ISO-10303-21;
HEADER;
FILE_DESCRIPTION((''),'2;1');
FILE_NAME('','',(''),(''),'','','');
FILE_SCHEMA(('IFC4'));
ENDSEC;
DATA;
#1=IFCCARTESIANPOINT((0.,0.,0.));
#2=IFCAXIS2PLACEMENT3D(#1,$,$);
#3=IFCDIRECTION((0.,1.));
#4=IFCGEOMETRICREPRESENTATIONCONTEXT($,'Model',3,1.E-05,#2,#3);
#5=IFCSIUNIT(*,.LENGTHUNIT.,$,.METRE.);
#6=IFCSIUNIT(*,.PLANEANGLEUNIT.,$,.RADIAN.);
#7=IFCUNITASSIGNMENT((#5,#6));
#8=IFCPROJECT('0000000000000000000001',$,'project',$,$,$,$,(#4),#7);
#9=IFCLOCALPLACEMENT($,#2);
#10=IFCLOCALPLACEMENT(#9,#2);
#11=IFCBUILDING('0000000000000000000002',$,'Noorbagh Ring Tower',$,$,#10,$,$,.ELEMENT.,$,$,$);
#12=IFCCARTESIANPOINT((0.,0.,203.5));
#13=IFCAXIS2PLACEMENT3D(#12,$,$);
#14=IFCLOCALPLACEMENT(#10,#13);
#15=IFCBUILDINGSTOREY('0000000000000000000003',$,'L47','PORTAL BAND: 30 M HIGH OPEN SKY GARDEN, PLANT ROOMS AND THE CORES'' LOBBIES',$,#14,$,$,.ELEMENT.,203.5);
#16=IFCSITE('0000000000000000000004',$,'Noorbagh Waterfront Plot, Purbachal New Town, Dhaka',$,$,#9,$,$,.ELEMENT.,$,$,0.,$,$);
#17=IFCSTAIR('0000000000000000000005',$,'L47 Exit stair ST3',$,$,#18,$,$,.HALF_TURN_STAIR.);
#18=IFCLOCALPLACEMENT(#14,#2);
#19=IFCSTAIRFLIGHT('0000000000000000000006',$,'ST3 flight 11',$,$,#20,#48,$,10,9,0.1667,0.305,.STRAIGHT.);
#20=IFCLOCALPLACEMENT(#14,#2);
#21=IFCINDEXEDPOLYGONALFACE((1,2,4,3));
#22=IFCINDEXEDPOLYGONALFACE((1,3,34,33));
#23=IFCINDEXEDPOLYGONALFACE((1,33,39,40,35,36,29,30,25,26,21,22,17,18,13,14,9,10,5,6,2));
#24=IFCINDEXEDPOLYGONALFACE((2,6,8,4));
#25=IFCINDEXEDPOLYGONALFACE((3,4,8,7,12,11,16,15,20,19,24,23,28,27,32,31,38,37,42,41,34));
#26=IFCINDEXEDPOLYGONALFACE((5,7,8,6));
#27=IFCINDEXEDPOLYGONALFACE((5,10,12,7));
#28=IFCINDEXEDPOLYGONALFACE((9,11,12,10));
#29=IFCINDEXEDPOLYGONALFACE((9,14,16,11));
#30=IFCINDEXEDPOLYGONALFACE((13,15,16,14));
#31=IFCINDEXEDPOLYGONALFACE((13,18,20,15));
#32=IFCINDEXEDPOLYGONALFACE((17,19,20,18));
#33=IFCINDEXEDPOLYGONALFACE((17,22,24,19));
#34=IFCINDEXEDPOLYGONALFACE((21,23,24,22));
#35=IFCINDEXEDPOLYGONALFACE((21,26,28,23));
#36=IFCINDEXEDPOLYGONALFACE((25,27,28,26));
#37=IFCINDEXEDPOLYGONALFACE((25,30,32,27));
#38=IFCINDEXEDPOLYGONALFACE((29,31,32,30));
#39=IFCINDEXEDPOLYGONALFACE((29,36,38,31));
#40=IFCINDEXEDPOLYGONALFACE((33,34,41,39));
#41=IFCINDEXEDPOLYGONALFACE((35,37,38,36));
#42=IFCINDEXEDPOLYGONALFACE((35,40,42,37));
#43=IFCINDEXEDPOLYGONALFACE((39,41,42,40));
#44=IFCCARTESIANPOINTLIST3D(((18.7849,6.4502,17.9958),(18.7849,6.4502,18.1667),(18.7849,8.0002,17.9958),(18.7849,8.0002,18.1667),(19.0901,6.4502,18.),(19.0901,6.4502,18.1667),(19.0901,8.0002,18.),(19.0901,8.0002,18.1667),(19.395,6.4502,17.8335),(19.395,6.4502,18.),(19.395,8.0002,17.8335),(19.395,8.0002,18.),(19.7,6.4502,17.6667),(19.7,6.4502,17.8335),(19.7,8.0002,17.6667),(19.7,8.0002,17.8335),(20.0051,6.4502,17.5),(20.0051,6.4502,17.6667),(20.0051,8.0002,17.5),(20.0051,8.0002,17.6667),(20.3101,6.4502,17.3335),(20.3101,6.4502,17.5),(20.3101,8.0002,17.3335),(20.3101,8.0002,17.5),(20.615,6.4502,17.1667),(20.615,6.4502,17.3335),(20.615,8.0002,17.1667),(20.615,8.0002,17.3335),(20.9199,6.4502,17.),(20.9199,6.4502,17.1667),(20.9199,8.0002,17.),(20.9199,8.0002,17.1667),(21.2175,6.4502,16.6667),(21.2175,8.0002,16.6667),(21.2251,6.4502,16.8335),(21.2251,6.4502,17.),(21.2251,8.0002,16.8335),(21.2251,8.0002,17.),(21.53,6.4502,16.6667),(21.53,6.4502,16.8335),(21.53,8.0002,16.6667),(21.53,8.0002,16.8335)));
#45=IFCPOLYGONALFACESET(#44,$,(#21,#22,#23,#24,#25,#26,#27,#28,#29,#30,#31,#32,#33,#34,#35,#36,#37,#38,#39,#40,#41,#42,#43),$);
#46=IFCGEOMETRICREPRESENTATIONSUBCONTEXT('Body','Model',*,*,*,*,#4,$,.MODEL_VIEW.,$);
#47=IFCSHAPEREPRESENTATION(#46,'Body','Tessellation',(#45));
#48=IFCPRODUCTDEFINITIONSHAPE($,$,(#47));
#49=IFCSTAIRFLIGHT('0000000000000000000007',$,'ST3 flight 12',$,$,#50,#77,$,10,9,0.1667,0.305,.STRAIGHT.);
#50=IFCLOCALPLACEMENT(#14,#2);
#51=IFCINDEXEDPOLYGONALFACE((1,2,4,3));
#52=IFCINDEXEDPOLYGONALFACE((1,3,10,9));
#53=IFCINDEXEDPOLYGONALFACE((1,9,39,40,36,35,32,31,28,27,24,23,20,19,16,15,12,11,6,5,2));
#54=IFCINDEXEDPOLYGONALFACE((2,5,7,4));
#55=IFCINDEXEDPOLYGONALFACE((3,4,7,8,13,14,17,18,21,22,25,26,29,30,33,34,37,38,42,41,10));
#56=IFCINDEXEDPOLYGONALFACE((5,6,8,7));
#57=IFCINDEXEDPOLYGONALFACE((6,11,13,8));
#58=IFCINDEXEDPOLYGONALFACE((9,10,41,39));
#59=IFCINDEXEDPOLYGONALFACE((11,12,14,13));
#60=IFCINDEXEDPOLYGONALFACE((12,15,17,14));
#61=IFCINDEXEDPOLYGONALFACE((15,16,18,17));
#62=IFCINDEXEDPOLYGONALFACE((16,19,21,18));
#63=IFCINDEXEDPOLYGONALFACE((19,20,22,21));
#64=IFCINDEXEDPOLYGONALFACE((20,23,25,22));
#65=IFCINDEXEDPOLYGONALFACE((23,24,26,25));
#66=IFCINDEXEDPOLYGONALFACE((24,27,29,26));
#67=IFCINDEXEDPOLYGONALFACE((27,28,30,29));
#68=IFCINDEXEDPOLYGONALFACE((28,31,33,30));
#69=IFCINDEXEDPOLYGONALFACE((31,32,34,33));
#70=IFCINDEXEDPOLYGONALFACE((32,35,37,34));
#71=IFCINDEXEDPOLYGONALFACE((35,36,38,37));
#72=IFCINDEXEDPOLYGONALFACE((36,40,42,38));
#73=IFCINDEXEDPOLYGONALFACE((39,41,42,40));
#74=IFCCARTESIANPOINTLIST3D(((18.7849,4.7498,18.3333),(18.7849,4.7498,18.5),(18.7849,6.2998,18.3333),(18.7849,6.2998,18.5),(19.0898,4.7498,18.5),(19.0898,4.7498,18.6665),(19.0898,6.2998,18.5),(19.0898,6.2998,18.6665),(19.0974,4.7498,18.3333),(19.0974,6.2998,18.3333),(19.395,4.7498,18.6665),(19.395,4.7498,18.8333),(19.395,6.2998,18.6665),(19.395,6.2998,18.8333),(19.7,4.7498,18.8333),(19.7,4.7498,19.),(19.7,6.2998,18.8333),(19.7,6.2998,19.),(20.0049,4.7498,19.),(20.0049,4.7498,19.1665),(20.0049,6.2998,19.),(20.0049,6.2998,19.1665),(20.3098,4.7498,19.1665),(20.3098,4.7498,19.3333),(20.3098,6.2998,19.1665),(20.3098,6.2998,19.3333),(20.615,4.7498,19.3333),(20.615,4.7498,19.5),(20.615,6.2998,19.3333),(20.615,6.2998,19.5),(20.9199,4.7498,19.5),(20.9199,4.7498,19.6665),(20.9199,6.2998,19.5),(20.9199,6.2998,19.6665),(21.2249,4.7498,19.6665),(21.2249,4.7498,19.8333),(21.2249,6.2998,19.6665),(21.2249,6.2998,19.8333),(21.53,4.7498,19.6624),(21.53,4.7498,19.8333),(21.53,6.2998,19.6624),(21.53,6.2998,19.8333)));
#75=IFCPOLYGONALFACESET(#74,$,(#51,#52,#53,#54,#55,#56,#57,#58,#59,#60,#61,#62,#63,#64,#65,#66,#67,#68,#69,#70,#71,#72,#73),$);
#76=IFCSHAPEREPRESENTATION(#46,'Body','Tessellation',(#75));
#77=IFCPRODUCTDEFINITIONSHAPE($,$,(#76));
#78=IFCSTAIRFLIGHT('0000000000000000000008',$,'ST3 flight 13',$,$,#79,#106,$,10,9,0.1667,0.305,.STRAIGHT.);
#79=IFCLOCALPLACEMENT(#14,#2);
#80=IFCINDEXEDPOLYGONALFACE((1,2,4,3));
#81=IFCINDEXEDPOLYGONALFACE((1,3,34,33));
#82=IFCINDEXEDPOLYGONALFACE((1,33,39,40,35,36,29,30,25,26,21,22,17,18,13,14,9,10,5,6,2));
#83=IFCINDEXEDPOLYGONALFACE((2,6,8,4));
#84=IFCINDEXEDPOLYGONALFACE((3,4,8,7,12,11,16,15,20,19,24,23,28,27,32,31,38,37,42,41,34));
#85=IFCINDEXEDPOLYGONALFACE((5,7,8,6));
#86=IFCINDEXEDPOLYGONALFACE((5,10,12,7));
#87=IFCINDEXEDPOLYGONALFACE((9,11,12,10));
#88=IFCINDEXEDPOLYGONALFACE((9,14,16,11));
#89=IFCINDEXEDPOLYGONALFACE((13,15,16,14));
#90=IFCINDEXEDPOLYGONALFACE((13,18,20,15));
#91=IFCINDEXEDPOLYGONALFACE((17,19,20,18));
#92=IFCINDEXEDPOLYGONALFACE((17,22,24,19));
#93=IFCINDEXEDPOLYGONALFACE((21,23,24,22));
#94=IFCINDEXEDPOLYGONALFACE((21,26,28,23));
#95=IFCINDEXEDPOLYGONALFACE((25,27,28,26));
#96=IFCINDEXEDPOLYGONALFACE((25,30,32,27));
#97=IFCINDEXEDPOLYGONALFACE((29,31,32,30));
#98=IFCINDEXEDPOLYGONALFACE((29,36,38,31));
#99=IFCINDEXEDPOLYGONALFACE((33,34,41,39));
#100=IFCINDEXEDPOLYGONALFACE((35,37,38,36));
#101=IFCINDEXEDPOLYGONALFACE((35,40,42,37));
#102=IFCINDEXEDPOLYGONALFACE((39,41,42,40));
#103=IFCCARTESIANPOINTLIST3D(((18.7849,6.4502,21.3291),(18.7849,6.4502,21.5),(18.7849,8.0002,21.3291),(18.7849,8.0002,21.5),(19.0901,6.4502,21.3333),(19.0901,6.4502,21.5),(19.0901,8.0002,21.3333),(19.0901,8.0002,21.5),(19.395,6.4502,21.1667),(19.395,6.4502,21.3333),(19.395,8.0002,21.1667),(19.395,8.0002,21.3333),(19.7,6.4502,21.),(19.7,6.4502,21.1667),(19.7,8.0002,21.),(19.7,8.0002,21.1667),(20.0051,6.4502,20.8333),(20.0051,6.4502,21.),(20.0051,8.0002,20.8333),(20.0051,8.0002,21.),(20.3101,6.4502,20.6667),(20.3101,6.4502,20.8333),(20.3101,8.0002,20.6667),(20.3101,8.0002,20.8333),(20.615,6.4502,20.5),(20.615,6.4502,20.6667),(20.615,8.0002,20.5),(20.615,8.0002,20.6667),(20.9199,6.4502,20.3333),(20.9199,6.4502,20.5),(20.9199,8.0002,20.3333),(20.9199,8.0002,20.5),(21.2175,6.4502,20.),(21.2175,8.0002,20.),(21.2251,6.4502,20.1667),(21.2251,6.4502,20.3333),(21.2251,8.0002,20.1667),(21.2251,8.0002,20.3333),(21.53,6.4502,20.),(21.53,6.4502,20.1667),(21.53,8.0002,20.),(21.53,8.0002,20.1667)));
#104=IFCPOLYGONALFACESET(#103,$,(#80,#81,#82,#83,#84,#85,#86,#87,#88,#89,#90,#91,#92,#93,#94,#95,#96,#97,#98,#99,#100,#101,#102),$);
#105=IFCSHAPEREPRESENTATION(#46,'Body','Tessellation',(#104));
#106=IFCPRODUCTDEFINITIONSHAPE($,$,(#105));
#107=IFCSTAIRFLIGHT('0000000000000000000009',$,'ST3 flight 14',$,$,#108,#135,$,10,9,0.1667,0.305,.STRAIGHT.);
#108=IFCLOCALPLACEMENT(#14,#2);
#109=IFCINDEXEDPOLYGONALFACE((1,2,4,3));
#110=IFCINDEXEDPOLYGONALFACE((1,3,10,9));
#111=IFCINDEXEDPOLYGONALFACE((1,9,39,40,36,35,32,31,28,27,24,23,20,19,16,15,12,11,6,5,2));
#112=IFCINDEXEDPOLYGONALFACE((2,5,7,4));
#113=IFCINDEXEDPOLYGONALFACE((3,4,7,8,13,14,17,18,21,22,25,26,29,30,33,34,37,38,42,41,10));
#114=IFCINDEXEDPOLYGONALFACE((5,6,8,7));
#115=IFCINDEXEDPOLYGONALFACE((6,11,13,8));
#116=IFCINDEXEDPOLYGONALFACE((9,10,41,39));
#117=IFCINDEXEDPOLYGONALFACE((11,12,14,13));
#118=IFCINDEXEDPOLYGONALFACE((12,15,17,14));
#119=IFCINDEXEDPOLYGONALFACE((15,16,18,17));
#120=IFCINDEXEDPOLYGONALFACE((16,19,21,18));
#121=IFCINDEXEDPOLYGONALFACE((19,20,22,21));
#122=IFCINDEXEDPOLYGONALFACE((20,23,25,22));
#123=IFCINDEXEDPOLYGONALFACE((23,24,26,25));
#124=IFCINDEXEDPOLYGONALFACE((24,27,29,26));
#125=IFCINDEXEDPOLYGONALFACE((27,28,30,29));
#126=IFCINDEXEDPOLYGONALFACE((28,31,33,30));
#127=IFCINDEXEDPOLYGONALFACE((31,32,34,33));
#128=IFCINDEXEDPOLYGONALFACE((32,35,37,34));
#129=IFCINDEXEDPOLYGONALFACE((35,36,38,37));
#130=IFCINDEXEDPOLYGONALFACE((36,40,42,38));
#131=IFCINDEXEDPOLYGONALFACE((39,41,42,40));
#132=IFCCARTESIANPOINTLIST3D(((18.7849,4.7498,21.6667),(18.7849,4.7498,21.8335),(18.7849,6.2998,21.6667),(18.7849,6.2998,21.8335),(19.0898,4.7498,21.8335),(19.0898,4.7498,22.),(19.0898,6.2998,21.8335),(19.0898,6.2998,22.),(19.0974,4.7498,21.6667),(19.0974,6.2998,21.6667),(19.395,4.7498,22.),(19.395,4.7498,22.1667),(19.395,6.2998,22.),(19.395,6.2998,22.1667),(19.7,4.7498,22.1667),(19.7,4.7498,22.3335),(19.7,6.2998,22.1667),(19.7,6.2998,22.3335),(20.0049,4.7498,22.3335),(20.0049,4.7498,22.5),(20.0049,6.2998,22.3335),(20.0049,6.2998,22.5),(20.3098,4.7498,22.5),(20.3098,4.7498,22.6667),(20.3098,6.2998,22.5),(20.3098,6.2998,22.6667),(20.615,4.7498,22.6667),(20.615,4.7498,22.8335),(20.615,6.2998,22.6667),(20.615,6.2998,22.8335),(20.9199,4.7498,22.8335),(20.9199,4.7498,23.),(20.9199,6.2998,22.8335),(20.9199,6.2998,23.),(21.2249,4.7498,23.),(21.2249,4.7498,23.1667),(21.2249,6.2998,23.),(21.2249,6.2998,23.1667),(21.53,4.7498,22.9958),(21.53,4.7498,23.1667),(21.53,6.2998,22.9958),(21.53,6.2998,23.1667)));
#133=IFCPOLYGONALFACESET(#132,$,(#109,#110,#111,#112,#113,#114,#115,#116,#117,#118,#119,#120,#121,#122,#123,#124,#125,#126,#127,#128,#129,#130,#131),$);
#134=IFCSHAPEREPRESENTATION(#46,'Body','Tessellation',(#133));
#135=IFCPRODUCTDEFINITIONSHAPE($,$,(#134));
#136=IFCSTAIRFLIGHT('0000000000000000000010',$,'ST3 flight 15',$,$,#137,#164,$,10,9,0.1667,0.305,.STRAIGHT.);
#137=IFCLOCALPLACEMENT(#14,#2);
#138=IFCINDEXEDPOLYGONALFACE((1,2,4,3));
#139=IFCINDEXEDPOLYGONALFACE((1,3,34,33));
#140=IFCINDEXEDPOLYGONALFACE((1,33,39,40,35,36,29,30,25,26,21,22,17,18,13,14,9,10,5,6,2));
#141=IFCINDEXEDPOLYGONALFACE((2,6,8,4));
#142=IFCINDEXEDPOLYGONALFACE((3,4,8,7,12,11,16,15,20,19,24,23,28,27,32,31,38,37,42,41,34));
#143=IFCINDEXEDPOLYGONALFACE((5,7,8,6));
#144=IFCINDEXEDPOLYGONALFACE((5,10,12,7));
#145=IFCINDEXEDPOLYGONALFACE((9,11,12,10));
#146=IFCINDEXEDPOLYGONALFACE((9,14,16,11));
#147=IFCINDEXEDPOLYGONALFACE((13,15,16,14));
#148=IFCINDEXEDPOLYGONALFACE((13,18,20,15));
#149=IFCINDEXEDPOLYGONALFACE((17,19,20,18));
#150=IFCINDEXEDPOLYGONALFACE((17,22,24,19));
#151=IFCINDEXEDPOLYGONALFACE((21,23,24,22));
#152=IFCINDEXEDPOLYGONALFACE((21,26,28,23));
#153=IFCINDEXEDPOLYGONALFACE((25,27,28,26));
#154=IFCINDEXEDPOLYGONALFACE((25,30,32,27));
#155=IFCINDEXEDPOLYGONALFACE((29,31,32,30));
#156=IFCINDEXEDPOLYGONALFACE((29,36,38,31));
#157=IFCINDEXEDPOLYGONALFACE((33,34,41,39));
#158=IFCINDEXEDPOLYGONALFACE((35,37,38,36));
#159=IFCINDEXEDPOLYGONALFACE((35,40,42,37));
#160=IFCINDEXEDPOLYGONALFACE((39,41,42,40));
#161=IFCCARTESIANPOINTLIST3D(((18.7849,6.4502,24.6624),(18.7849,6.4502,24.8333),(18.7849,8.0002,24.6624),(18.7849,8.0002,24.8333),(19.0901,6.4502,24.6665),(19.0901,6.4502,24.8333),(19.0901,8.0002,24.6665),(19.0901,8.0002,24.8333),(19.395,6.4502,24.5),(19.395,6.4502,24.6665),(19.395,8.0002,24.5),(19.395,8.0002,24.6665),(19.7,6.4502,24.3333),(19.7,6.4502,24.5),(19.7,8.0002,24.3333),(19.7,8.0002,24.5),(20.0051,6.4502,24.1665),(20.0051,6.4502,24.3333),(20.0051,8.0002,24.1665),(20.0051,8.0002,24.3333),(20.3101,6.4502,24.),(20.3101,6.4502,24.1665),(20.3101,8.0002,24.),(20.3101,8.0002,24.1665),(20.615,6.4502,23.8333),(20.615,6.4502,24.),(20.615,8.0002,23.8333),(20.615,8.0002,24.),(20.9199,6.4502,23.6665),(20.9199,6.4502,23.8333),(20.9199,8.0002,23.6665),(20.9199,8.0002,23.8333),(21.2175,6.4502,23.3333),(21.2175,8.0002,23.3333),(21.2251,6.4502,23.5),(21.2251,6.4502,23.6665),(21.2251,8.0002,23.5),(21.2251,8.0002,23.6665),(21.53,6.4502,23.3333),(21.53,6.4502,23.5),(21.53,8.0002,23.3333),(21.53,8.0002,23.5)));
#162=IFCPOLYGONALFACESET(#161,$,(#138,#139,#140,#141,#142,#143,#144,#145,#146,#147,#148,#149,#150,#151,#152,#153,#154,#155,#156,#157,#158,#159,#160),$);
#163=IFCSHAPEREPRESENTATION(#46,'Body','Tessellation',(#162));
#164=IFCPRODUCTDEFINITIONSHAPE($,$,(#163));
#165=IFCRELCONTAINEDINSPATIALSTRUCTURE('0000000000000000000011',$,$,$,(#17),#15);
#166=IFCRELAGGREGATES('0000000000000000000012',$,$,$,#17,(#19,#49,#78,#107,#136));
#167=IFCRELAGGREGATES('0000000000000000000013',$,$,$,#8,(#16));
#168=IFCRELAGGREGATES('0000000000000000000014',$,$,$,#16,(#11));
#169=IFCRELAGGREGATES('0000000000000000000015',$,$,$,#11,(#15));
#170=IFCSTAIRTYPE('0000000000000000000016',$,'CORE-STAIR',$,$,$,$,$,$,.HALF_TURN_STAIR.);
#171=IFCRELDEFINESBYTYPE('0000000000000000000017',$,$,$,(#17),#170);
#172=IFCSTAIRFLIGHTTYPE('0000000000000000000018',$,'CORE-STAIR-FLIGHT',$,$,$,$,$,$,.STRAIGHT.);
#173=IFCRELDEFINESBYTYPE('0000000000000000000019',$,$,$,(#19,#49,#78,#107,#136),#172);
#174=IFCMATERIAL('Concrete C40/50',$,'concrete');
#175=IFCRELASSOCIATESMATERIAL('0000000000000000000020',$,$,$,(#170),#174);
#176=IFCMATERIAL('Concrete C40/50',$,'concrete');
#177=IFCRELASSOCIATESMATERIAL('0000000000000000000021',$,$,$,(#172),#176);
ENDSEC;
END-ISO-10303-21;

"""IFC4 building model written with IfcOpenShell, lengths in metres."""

from ifc_helpers import new_model, si_unit, direction, frame, origin, place, context, subcontext, project, spatial, polyline, outline, extrude, material, type_object, element, aggregate, save


model = new_model("IFC4")

# Units and contexts
model_context = context("Model", 3, precision=1e-05, world=origin(), true_north=direction((0.0, 1.0)))
body_context = subcontext(model_context, "Body", "Model", "MODEL_VIEW")
ifc_project = project(units=[si_unit("LENGTHUNIT", "METRE"), si_unit("PLANEANGLEUNIT", "RADIAN")], contexts=[model_context])

# Site, building, storey
site_placement = place(None, origin())
site = spatial("IfcSite", under=ifc_project, at=site_placement, Name="Noorbagh Waterfront Plot, Purbachal New Town, Dhaka", CompositionType="ELEMENT", RefElevation=0.0)
building_placement = place(site_placement, origin())
building = spatial("IfcBuilding", under=site, at=building_placement, Name="Noorbagh Ring Tower", CompositionType="ELEMENT")
storey_placement = place(building_placement, frame((0.0, 0.0, 203.5)))
storey = spatial("IfcBuildingStorey", under=building, at=storey_placement, Name="L47", Description="PORTAL BAND: 30 M HIGH OPEN SKY GARDEN, PLANT ROOMS AND THE CORES' LOBBIES", CompositionType="ELEMENT", Elevation=203.5)

# Stair, stair flights
ifc_material_1 = material(Name="Concrete C40/50", Category="concrete")
stair_type = type_object("IfcStairType", Name="CORE-STAIR", PredefinedType="HALF_TURN_STAIR", material=ifc_material_1)
stair_placement = place(storey_placement, origin())
stair = element("IfcStair", 1, at=stair_placement, inside=storey, type_object=stair_type, Name="L47 Exit stair ST3", PredefinedType="HALF_TURN_STAIR")
ifc_material_2 = material(Name="Concrete C40/50", Category="concrete")
stair_flight_type = type_object("IfcStairFlightType", Name="CORE-STAIR-FLIGHT", PredefinedType="STRAIGHT", material=ifc_material_2)
stair_flight_1_placement = place(storey_placement, frame((21.53, 7.2251, 16.6667), z_axis=(0.0, 0.0, 1.0), x_axis=(-1.0, 0.0, 0.0)))
stair_flight_1 = element("IfcStairFlight", 2, at=stair_flight_1_placement, type_object=stair_flight_type, Name="ST3 flight 11", NumberOfRisers=10, NumberOfTreads=9, PredefinedType="STRAIGHT", RiserHeight=0.1667, TreadLength=0.305, context=body_context, shape_type="SweptSolid", body=[
    extrude(outline(polyline([(0.0, 0.0), (0.0, 0.1667), (0.3049, 0.1667), (0.3049, 0.3333), (0.6101, 0.3333), (0.6101, 0.5), (0.915, 0.5), (0.915, 0.6667), (1.22, 0.6667), (1.22, 0.8333), (1.5249, 0.8333), (1.5249, 1.0), (1.8301, 1.0), (1.8301, 1.1667), (2.135, 1.1667), (2.135, 1.3333), (2.4399, 1.3333), (2.4399, 1.5), (2.7451, 1.5), (2.7451, 1.6667), (2.7451, 1.3291), (0.3125, 0.0), (0.0, 0.0)])), frame((0.0, 0.7749, 0.0), z_axis=(0.0, -1.0, 0.0), x_axis=(1.0, 0.0, 0.0)), (0.0, 0.0, 1.0), 1.55),
])
stair_flight_2_placement = place(storey_placement, frame((18.7849, 5.5249, 18.3333), z_axis=(0.0, 0.0, 1.0), x_axis=(1.0, 0.0, 0.0)))
stair_flight_2 = element("IfcStairFlight", 3, at=stair_flight_2_placement, type_object=stair_flight_type, Name="ST3 flight 12", NumberOfRisers=10, NumberOfTreads=9, PredefinedType="STRAIGHT", RiserHeight=0.1667, TreadLength=0.305, context=body_context, shape_type="SweptSolid", body=[
    extrude(outline(polyline([(0.0, 0.0), (0.0, 0.1667), (0.3049, 0.1667), (0.3049, 0.3333), (0.6101, 0.3333), (0.6101, 0.5), (0.915, 0.5), (0.915, 0.6667), (1.22, 0.6667), (1.22, 0.8333), (1.5249, 0.8333), (1.5249, 1.0), (1.8301, 1.0), (1.8301, 1.1667), (2.135, 1.1667), (2.135, 1.3333), (2.4399, 1.3333), (2.4399, 1.5), (2.7451, 1.5), (2.7451, 1.6667), (2.7451, 1.3291), (0.3125, 0.0), (0.0, 0.0)])), frame((0.0, 0.7749, 0.0), z_axis=(0.0, -1.0, 0.0), x_axis=(1.0, 0.0, 0.0)), (0.0, 0.0, 1.0), 1.55),
])
stair_flight_3_placement = place(storey_placement, frame((21.53, 7.2251, 20.0), z_axis=(0.0, 0.0, 1.0), x_axis=(-1.0, 0.0, 0.0)))
stair_flight_3 = element("IfcStairFlight", 4, at=stair_flight_3_placement, type_object=stair_flight_type, Name="ST3 flight 13", NumberOfRisers=10, NumberOfTreads=9, PredefinedType="STRAIGHT", RiserHeight=0.1667, TreadLength=0.305, context=body_context, shape_type="SweptSolid", body=[
    extrude(outline(polyline([(0.0, 0.0), (0.0, 0.1667), (0.3049, 0.1667), (0.3049, 0.3333), (0.6101, 0.3333), (0.6101, 0.5), (0.915, 0.5), (0.915, 0.6667), (1.22, 0.6667), (1.22, 0.8333), (1.5249, 0.8333), (1.5249, 1.0), (1.8301, 1.0), (1.8301, 1.1667), (2.135, 1.1667), (2.135, 1.3333), (2.4399, 1.3333), (2.4399, 1.5), (2.7451, 1.5), (2.7451, 1.6667), (2.7451, 1.3291), (0.3125, 0.0), (0.0, 0.0)])), frame((0.0, 0.7749, 0.0), z_axis=(0.0, -1.0, 0.0), x_axis=(1.0, 0.0, 0.0)), (0.0, 0.0, 1.0), 1.55),
])
stair_flight_4_placement = place(storey_placement, frame((18.7849, 5.5249, 21.6667), z_axis=(0.0, 0.0, 1.0), x_axis=(1.0, 0.0, 0.0)))
stair_flight_4 = element("IfcStairFlight", 5, at=stair_flight_4_placement, type_object=stair_flight_type, Name="ST3 flight 14", NumberOfRisers=10, NumberOfTreads=9, PredefinedType="STRAIGHT", RiserHeight=0.1667, TreadLength=0.305, context=body_context, shape_type="SweptSolid", body=[
    extrude(outline(polyline([(0.0, 0.0), (0.0, 0.1667), (0.3049, 0.1667), (0.3049, 0.3333), (0.6101, 0.3333), (0.6101, 0.5), (0.915, 0.5), (0.915, 0.6667), (1.22, 0.6667), (1.22, 0.8333), (1.5249, 0.8333), (1.5249, 1.0), (1.8301, 1.0), (1.8301, 1.1667), (2.135, 1.1667), (2.135, 1.3333), (2.4399, 1.3333), (2.4399, 1.5), (2.7451, 1.5), (2.7451, 1.6667), (2.7451, 1.3291), (0.3125, 0.0), (0.0, 0.0)])), frame((0.0, 0.7749, 0.0), z_axis=(0.0, -1.0, 0.0), x_axis=(1.0, 0.0, 0.0)), (0.0, 0.0, 1.0), 1.55),
])
stair_flight_5_placement = place(storey_placement, frame((21.53, 7.2251, 23.3333), z_axis=(0.0, 0.0, 1.0), x_axis=(-1.0, 0.0, 0.0)))
stair_flight_5 = element("IfcStairFlight", 6, at=stair_flight_5_placement, type_object=stair_flight_type, Name="ST3 flight 15", NumberOfRisers=10, NumberOfTreads=9, PredefinedType="STRAIGHT", RiserHeight=0.1667, TreadLength=0.305, context=body_context, shape_type="SweptSolid", body=[
    extrude(outline(polyline([(0.0, 0.0), (0.0, 0.1667), (0.3049, 0.1667), (0.3049, 0.3333), (0.6101, 0.3333), (0.6101, 0.5), (0.915, 0.5), (0.915, 0.6667), (1.22, 0.6667), (1.22, 0.8333), (1.5249, 0.8333), (1.5249, 1.0), (1.8301, 1.0), (1.8301, 1.1667), (2.135, 1.1667), (2.135, 1.3333), (2.4399, 1.3333), (2.4399, 1.5), (2.7451, 1.5), (2.7451, 1.6667), (2.7451, 1.3291), (0.3125, 0.0), (0.0, 0.0)])), frame((0.0, 0.7749, 0.0), z_axis=(0.0, -1.0, 0.0), x_axis=(1.0, 0.0, 0.0)), (0.0, 0.0, 1.0), 1.55),
])
aggregate(stair, [stair_flight_1, stair_flight_2, stair_flight_3, stair_flight_4, stair_flight_5])

save(model, "model.ifc")
